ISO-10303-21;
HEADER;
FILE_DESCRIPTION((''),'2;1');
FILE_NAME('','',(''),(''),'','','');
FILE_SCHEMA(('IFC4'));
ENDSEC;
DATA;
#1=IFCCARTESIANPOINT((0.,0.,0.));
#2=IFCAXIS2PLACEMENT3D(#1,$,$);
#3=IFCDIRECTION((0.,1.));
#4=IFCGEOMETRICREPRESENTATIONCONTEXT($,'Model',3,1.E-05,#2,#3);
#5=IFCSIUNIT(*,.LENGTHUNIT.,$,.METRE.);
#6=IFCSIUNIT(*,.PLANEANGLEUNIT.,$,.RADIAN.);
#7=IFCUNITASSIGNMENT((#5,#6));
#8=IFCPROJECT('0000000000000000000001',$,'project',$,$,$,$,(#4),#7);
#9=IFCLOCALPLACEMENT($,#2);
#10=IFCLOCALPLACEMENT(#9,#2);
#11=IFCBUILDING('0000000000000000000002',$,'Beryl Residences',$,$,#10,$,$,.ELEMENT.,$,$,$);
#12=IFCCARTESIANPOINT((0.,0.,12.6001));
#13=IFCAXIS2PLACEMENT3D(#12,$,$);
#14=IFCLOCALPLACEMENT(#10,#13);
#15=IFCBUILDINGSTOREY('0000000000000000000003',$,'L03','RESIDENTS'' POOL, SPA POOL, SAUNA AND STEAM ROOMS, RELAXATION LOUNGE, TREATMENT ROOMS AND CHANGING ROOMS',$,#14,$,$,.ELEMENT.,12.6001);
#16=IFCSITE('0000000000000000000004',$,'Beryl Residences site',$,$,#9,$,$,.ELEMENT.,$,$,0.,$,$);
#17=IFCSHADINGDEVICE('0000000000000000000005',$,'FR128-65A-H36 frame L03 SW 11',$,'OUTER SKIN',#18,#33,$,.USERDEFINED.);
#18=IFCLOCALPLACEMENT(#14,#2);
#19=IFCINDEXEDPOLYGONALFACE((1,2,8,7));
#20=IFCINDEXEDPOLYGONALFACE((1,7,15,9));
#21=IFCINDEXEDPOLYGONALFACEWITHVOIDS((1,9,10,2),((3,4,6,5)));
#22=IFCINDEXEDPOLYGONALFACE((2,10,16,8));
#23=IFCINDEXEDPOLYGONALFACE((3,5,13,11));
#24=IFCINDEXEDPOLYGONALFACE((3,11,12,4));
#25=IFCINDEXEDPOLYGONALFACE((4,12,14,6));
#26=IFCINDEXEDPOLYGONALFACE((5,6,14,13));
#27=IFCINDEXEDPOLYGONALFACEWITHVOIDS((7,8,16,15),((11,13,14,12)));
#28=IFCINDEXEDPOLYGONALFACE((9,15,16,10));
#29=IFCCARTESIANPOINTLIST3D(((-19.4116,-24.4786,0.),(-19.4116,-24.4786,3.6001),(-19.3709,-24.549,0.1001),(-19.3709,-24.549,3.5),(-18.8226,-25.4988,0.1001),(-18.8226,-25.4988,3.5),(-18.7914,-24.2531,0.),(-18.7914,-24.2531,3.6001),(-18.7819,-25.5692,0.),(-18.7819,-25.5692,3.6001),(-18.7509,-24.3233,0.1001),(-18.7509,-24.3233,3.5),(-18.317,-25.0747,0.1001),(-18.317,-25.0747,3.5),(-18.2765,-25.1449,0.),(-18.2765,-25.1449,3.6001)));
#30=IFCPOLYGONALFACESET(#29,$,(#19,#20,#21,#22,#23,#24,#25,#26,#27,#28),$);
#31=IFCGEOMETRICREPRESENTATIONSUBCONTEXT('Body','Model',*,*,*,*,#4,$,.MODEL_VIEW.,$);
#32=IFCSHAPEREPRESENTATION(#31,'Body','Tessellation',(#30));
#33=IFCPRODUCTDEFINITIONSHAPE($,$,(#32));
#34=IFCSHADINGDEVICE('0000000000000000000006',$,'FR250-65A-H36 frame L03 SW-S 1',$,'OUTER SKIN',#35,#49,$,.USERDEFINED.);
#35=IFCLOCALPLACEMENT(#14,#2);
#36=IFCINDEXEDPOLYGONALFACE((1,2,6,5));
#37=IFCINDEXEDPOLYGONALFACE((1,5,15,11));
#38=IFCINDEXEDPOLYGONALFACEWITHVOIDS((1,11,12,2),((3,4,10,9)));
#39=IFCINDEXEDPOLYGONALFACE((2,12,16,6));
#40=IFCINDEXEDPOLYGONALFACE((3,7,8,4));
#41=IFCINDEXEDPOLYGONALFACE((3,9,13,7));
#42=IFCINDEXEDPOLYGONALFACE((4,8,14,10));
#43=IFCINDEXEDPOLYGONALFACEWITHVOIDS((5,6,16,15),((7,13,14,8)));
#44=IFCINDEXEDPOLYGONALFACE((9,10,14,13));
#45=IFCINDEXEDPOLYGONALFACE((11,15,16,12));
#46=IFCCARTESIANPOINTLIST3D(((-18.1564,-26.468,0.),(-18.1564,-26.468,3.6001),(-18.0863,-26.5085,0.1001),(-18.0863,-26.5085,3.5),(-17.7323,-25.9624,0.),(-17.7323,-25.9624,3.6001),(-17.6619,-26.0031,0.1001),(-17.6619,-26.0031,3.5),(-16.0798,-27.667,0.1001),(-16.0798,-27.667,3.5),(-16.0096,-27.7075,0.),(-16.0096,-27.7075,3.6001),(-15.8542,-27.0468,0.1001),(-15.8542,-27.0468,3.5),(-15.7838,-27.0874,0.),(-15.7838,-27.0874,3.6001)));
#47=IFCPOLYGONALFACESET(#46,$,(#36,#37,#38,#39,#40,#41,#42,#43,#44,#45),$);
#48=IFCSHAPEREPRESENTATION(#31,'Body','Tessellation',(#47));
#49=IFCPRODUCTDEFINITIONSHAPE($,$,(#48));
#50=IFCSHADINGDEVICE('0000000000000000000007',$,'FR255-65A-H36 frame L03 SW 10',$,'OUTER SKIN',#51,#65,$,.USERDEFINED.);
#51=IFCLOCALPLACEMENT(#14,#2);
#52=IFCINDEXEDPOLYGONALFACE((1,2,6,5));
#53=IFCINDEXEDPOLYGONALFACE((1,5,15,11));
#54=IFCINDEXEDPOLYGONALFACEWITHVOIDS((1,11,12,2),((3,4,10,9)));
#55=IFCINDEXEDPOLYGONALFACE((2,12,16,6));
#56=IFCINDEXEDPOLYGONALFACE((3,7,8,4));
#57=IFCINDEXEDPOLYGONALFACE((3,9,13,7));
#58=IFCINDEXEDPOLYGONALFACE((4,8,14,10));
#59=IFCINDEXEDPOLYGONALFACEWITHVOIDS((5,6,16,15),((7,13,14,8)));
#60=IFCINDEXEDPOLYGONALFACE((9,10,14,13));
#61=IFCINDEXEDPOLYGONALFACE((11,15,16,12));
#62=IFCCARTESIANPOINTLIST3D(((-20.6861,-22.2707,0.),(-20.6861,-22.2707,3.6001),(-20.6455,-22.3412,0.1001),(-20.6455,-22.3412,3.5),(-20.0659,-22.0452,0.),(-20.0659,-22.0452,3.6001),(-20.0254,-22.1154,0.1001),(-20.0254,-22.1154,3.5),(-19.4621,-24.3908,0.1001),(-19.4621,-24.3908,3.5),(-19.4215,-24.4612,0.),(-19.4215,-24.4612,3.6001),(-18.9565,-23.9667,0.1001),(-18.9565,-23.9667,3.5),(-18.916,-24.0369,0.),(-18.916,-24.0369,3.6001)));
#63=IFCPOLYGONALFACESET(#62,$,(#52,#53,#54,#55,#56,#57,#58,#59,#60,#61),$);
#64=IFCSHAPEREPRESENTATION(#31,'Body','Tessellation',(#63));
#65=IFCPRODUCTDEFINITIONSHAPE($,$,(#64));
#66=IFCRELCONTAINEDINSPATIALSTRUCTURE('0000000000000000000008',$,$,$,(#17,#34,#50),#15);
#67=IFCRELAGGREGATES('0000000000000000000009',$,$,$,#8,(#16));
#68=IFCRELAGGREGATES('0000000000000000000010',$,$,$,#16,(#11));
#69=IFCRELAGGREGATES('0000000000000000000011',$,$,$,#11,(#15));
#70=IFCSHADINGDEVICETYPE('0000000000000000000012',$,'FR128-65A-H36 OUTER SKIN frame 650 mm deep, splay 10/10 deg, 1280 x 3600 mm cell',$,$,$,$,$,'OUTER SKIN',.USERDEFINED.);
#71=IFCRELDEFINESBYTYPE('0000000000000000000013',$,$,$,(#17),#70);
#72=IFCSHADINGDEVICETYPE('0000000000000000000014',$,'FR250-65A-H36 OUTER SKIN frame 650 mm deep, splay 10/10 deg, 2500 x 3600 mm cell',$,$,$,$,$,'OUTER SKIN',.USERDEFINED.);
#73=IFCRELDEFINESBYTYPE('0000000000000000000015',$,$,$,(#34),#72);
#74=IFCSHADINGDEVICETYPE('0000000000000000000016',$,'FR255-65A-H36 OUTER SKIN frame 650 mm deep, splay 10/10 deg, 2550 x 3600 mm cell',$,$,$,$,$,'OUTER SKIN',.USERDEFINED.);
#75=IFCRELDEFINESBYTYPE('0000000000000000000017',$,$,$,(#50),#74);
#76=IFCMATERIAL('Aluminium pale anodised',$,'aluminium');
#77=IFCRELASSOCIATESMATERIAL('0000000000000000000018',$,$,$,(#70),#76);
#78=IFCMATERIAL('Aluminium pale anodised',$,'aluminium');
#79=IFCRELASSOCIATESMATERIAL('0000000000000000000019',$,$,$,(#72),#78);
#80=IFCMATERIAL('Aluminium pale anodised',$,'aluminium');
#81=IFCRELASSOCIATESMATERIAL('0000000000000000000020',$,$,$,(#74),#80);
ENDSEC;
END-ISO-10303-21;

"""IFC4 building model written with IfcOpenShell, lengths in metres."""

from ifc_helpers import new_model, entity, si_unit, direction, frame, origin, place, context, subcontext, project, spatial, source, transform, mapped, material, type_object, type_shapes, element, save


model = new_model("IFC4")

# Units and contexts
model_context = context("Model", 3, precision=1e-05, world=origin(), true_north=direction((0.0, 1.0)))
body_context = subcontext(model_context, "Body", "Model", "MODEL_VIEW")
ifc_project = project(units=[si_unit("LENGTHUNIT", "METRE"), si_unit("PLANEANGLEUNIT", "RADIAN")], contexts=[model_context])

# Site, building, storey
site_placement = place(None, origin())
site = spatial("IfcSite", under=ifc_project, at=site_placement, Name="Beryl Residences site", CompositionType="ELEMENT", RefElevation=0.0)
building_placement = place(site_placement, origin())
building = spatial("IfcBuilding", under=site, at=building_placement, Name="Beryl Residences", CompositionType="ELEMENT")
storey_placement = place(building_placement, frame((0.0, 0.0, 12.6001)))
storey = spatial("IfcBuildingStorey", under=building, at=storey_placement, Name="L03", Description="RESIDENTS' POOL, SPA POOL, SAUNA AND STEAM ROOMS, RELAXATION LOUNGE, TREATMENT ROOMS AND CHANGING ROOMS", CompositionType="ELEMENT", Elevation=12.6001)

# Shading devices
ifc_material_1 = material(Name="Aluminium pale anodised", Category="aluminium")
shading_device_type_1 = type_object("IfcShadingDeviceType", Name="FR128-65A-H36 OUTER SKIN frame 650 mm deep, splay 10/10 deg, 1280 x 3600 mm cell", ElementType="OUTER SKIN", PredefinedType="USERDEFINED", material=ifc_material_1)
cartesian_point_1 = entity("IfcCartesianPoint", [-0.5149, 0.0])
cartesian_point_2 = entity("IfcCartesianPoint", [-0.4338, 0.1001])
cartesian_point_3 = entity("IfcCartesianPoint", [-0.6296, 0.0])
cartesian_point_4 = entity("IfcCartesianPoint", [-0.5483, 0.1001])
shared_shape_1 = source(origin(), body_context, "Body", "SweptSolid", [
    entity("IfcExtrudedAreaSolidTapered", entity("IfcArbitraryProfileDefWithVoids", "AREA", None, entity("IfcPolyline", [cartesian_point_1, entity("IfcCartesianPoint", [0.5149, 0.0]), entity("IfcCartesianPoint", [0.5149, 3.6001]), entity("IfcCartesianPoint", [-0.5149, 3.6001]), cartesian_point_1]), [entity("IfcPolyline", [cartesian_point_2, entity("IfcCartesianPoint", [0.4338, 0.1001]), entity("IfcCartesianPoint", [0.4338, 3.5]), entity("IfcCartesianPoint", [-0.4338, 3.5]), cartesian_point_2])]), entity("IfcAxis2Placement3D", entity("IfcCartesianPoint", [0.0, 0.0, 0.0]), entity("IfcDirection", [0.0, 1.0, 0.0]), entity("IfcDirection", [-1.0, 0.0, 0.0])), entity("IfcDirection", [0.0, 0.0, 1.0]), 0.6499, entity("IfcArbitraryProfileDefWithVoids", "AREA", None, entity("IfcPolyline", [cartesian_point_3, entity("IfcCartesianPoint", [0.6296, 0.0]), entity("IfcCartesianPoint", [0.6296, 3.6001]), entity("IfcCartesianPoint", [-0.6296, 3.6001]), cartesian_point_3]), [entity("IfcPolyline", [cartesian_point_4, entity("IfcCartesianPoint", [0.5483, 0.1001]), entity("IfcCartesianPoint", [0.5483, 3.5]), entity("IfcCartesianPoint", [-0.5483, 3.5]), cartesian_point_4])])),
])
type_shapes(shading_device_type_1, [shared_shape_1])
shading_device_1_placement = place(storey_placement, frame((-18.5339, -24.699, 0.0), z_axis=(0.0, 0.0, 1.0), x_axis=(-0.5, 0.866025, 0.0)))
element("IfcShadingDevice", 1, at=shading_device_1_placement, inside=storey, type_object=shading_device_type_1, Name="FR128-65A-H36 frame L03 SW 11", ObjectType="OUTER SKIN", PredefinedType="USERDEFINED", context=body_context, shape_type="MappedRepresentation", body=[
    mapped(shared_shape_1, transform((0.0, 0.0, 0.0))),
])
ifc_material_2 = material(Name="Aluminium pale anodised", Category="aluminium")
shading_device_type_2 = type_object("IfcShadingDeviceType", Name="FR250-65A-H36 OUTER SKIN frame 650 mm deep, splay 10/10 deg, 2500 x 3600 mm cell", ElementType="OUTER SKIN", PredefinedType="USERDEFINED", material=ifc_material_2)
cartesian_point_5 = entity("IfcCartesianPoint", [-1.125, 0.0])
cartesian_point_6 = entity("IfcCartesianPoint", [-1.0437, 0.1001])
cartesian_point_7 = entity("IfcCartesianPoint", [-1.2395, 0.0])
cartesian_point_8 = entity("IfcCartesianPoint", [-1.1584, 0.1001])
shared_shape_2 = source(origin(), body_context, "Body", "SweptSolid", [
    entity("IfcExtrudedAreaSolidTapered", entity("IfcArbitraryProfileDefWithVoids", "AREA", None, entity("IfcPolyline", [cartesian_point_5, entity("IfcCartesianPoint", [1.125, 0.0]), entity("IfcCartesianPoint", [1.125, 3.6001]), entity("IfcCartesianPoint", [-1.125, 3.6001]), cartesian_point_5]), [entity("IfcPolyline", [cartesian_point_6, entity("IfcCartesianPoint", [1.0437, 0.1001]), entity("IfcCartesianPoint", [1.0437, 3.5]), entity("IfcCartesianPoint", [-1.0437, 3.5]), cartesian_point_6])]), entity("IfcAxis2Placement3D", entity("IfcCartesianPoint", [0.0, 0.0, 0.0]), entity("IfcDirection", [0.0, 1.0, 0.0]), entity("IfcDirection", [-1.0, 0.0, 0.0])), entity("IfcDirection", [0.0, 0.0, 1.0]), 0.6499, entity("IfcArbitraryProfileDefWithVoids", "AREA", None, entity("IfcPolyline", [cartesian_point_7, entity("IfcCartesianPoint", [1.2395, 0.0]), entity("IfcCartesianPoint", [1.2395, 3.6001]), entity("IfcCartesianPoint", [-1.2395, 3.6001]), cartesian_point_7]), [entity("IfcPolyline", [cartesian_point_8, entity("IfcCartesianPoint", [1.1584, 0.1001]), entity("IfcCartesianPoint", [1.1584, 3.5]), entity("IfcCartesianPoint", [-1.1584, 3.5]), cartesian_point_8])])),
])
type_shapes(shading_device_type_2, [shared_shape_2])
shading_device_2_placement = place(storey_placement, frame((-16.7581, -26.5249, 0.0), z_axis=(0.0, 0.0, 1.0), x_axis=(-0.866025, 0.5, 0.0)))
element("IfcShadingDevice", 2, at=shading_device_2_placement, inside=storey, type_object=shading_device_type_2, Name="FR250-65A-H36 frame L03 SW-S 1", ObjectType="OUTER SKIN", PredefinedType="USERDEFINED", context=body_context, shape_type="MappedRepresentation", body=[
    mapped(shared_shape_2, transform((0.0, 0.0, 0.0))),
])
ifc_material_3 = material(Name="Aluminium pale anodised", Category="aluminium")
shading_device_type_3 = type_object("IfcShadingDeviceType", Name="FR255-65A-H36 OUTER SKIN frame 650 mm deep, splay 10/10 deg, 2550 x 3600 mm cell", ElementType="OUTER SKIN", PredefinedType="USERDEFINED", material=ifc_material_3)
cartesian_point_9 = entity("IfcCartesianPoint", [-1.1499, 0.0])
cartesian_point_10 = entity("IfcCartesianPoint", [-1.0688, 0.1001])
cartesian_point_11 = entity("IfcCartesianPoint", [-1.2646, 0.0])
cartesian_point_12 = entity("IfcCartesianPoint", [-1.1833, 0.1001])
shared_shape_3 = source(origin(), body_context, "Body", "SweptSolid", [
    entity("IfcExtrudedAreaSolidTapered", entity("IfcArbitraryProfileDefWithVoids", "AREA", None, entity("IfcPolyline", [cartesian_point_9, entity("IfcCartesianPoint", [1.1499, 0.0]), entity("IfcCartesianPoint", [1.1499, 3.6001]), entity("IfcCartesianPoint", [-1.1499, 3.6001]), cartesian_point_9]), [entity("IfcPolyline", [cartesian_point_10, entity("IfcCartesianPoint", [1.0688, 0.1001]), entity("IfcCartesianPoint", [1.0688, 3.5]), entity("IfcCartesianPoint", [-1.0688, 3.5]), cartesian_point_10])]), entity("IfcAxis2Placement3D", entity("IfcCartesianPoint", [0.0, 0.0, 0.0]), entity("IfcDirection", [0.0, 1.0, 0.0]), entity("IfcDirection", [-1.0, 0.0, 0.0])), entity("IfcDirection", [0.0, 0.0, 1.0]), 0.6499, entity("IfcArbitraryProfileDefWithVoids", "AREA", None, entity("IfcPolyline", [cartesian_point_11, entity("IfcCartesianPoint", [1.2646, 0.0]), entity("IfcCartesianPoint", [1.2646, 3.6001]), entity("IfcCartesianPoint", [-1.2646, 3.6001]), cartesian_point_11]), [entity("IfcPolyline", [cartesian_point_12, entity("IfcCartesianPoint", [1.1833, 0.1001]), entity("IfcCartesianPoint", [1.1833, 3.5]), entity("IfcCartesianPoint", [-1.1833, 3.5]), cartesian_point_12])])),
])
type_shapes(shading_device_type_3, [shared_shape_3])
shading_device_3_placement = place(storey_placement, frame((-19.491, -23.041, 0.0), z_axis=(0.0, 0.0, 1.0), x_axis=(-0.5, 0.866025, 0.0)))
element("IfcShadingDevice", 3, at=shading_device_3_placement, inside=storey, type_object=shading_device_type_3, Name="FR255-65A-H36 frame L03 SW 10", ObjectType="OUTER SKIN", PredefinedType="USERDEFINED", context=body_context, shape_type="MappedRepresentation", body=[
    mapped(shared_shape_3, transform((0.0, 0.0, 0.0))),
])

save(model, "model.ifc")
